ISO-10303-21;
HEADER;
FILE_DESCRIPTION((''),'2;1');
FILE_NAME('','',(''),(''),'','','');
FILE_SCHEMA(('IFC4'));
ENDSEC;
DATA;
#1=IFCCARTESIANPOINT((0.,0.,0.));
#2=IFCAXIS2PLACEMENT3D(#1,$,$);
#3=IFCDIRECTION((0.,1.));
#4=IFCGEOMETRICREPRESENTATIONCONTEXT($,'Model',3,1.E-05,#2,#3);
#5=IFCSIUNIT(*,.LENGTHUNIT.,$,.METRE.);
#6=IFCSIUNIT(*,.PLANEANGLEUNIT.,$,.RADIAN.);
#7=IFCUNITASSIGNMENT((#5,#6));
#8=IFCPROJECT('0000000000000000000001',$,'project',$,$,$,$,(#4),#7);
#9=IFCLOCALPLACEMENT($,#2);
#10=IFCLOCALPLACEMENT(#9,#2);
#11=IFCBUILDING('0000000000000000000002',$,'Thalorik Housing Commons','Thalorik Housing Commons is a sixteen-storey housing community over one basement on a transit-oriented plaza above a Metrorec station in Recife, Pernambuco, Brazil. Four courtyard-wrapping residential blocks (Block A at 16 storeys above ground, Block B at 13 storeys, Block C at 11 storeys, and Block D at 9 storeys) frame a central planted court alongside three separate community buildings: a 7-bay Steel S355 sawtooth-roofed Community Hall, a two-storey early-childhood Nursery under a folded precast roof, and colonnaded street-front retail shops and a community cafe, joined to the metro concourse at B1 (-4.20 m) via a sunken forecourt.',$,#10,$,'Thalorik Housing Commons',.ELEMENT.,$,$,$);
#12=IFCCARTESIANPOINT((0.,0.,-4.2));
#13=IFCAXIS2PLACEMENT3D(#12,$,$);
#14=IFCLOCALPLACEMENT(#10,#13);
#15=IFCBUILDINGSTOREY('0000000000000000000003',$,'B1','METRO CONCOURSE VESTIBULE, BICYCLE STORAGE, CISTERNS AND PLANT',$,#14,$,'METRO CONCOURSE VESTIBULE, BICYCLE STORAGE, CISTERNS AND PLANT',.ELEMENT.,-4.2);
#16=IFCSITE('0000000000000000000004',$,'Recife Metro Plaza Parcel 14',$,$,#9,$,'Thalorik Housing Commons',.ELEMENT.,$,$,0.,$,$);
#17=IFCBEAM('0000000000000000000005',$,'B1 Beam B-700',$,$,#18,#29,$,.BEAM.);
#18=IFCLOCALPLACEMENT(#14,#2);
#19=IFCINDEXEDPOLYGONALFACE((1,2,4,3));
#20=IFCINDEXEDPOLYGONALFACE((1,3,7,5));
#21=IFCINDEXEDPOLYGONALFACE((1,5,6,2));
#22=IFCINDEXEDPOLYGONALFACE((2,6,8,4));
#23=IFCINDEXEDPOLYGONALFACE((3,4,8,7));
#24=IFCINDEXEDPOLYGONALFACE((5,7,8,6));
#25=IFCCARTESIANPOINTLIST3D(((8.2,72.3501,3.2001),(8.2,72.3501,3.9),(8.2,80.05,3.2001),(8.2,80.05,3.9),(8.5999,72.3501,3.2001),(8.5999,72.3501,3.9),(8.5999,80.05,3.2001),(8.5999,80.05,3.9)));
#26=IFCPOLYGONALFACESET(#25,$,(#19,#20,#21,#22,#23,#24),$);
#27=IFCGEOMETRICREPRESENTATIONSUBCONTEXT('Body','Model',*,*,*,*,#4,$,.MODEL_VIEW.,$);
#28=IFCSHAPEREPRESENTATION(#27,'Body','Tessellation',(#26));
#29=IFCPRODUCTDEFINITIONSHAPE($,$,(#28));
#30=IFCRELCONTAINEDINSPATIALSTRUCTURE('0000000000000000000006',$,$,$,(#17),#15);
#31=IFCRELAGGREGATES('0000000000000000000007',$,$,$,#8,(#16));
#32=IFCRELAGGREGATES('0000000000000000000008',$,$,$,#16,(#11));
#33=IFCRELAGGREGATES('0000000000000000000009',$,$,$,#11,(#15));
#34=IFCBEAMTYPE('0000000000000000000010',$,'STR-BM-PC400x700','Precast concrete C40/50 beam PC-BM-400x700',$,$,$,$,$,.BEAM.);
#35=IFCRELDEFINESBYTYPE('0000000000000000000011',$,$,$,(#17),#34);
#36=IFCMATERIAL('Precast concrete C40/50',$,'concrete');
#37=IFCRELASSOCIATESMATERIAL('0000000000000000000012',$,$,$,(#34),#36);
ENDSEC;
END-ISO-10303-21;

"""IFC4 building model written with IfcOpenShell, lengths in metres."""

from ifc_helpers import new_model, si_unit, direction, frame, origin, origin_2d, place, context, subcontext, project, spatial, rectangle, extrude, material, material_profile, profile_set, type_object, element, save


model = new_model("IFC4")

# Units and contexts
model_context = context("Model", 3, precision=1e-05, world=origin(), true_north=direction((0.0, 1.0)))
body_context = subcontext(model_context, "Body", "Model", "MODEL_VIEW")
ifc_project = project(units=[si_unit("LENGTHUNIT", "METRE"), si_unit("PLANEANGLEUNIT", "RADIAN")], contexts=[model_context])

# Site, building, storey
site_placement = place(None, origin())
site = spatial("IfcSite", under=ifc_project, at=site_placement, Name="Recife Metro Plaza Parcel 14", LongName="Thalorik Housing Commons", CompositionType="ELEMENT", RefElevation=0.0)
building_placement = place(site_placement, origin())
building = spatial("IfcBuilding", under=site, at=building_placement, Name="Thalorik Housing Commons", Description="Thalorik Housing Commons is a sixteen-storey housing community over one basement on a transit-oriented plaza above a Metrorec station in Recife, Pernambuco, Brazil. Four courtyard-wrapping residential blocks (Block A at 16 storeys above ground, Block B at 13 storeys, Block C at 11 storeys, and Block D at 9 storeys) frame a central planted court alongside three separate community buildings: a 7-bay Steel S355 sawtooth-roofed Community Hall, a two-storey early-childhood Nursery under a folded precast roof, and colonnaded street-front retail shops and a community cafe, joined to the metro concourse at B1 (-4.20 m) via a sunken forecourt.", LongName="Thalorik Housing Commons", CompositionType="ELEMENT")
storey_placement = place(building_placement, frame((0.0, 0.0, -4.2)))
storey = spatial("IfcBuildingStorey", under=building, at=storey_placement, Name="B1", Description="METRO CONCOURSE VESTIBULE, BICYCLE STORAGE, CISTERNS AND PLANT", LongName="METRO CONCOURSE VESTIBULE, BICYCLE STORAGE, CISTERNS AND PLANT", CompositionType="ELEMENT", Elevation=-4.2)

# Shared definitions
ifc_material_1 = material(Name="Precast concrete C40/50", Category="concrete")

# Beam
ifc_material_profile_1 = material_profile(ifc_material_1, rectangle(XDim=0.3999, YDim=0.7, at=origin_2d()), Name="PC 400x700", Category="concrete")
ifc_profile_set_1 = profile_set([ifc_material_profile_1], Name="Precast concrete C40/50")
beam_type_1 = type_object("IfcBeamType", Name="STR-BM-PC400x700", Description="Precast concrete C40/50 beam PC-BM-400x700", PredefinedType="BEAM", material=ifc_profile_set_1)
beam_1_placement = place(storey_placement, frame((8.3999, 72.3501, 3.55), z_axis=(0.0, 1.0, 0.0), x_axis=(-1.0, 0.0, 0.0)))
element("IfcBeam", 1, at=beam_1_placement, inside=storey, type_object=beam_type_1, Name="B1 Beam B-700", PredefinedType="BEAM", context=body_context, shape_type="SweptSolid", body=[
    extrude(rectangle(XDim=0.3999, YDim=0.7, at=origin_2d()), origin(), (0.0, 0.0, 1.0), 7.7),
])

save(model, "model.ifc")
